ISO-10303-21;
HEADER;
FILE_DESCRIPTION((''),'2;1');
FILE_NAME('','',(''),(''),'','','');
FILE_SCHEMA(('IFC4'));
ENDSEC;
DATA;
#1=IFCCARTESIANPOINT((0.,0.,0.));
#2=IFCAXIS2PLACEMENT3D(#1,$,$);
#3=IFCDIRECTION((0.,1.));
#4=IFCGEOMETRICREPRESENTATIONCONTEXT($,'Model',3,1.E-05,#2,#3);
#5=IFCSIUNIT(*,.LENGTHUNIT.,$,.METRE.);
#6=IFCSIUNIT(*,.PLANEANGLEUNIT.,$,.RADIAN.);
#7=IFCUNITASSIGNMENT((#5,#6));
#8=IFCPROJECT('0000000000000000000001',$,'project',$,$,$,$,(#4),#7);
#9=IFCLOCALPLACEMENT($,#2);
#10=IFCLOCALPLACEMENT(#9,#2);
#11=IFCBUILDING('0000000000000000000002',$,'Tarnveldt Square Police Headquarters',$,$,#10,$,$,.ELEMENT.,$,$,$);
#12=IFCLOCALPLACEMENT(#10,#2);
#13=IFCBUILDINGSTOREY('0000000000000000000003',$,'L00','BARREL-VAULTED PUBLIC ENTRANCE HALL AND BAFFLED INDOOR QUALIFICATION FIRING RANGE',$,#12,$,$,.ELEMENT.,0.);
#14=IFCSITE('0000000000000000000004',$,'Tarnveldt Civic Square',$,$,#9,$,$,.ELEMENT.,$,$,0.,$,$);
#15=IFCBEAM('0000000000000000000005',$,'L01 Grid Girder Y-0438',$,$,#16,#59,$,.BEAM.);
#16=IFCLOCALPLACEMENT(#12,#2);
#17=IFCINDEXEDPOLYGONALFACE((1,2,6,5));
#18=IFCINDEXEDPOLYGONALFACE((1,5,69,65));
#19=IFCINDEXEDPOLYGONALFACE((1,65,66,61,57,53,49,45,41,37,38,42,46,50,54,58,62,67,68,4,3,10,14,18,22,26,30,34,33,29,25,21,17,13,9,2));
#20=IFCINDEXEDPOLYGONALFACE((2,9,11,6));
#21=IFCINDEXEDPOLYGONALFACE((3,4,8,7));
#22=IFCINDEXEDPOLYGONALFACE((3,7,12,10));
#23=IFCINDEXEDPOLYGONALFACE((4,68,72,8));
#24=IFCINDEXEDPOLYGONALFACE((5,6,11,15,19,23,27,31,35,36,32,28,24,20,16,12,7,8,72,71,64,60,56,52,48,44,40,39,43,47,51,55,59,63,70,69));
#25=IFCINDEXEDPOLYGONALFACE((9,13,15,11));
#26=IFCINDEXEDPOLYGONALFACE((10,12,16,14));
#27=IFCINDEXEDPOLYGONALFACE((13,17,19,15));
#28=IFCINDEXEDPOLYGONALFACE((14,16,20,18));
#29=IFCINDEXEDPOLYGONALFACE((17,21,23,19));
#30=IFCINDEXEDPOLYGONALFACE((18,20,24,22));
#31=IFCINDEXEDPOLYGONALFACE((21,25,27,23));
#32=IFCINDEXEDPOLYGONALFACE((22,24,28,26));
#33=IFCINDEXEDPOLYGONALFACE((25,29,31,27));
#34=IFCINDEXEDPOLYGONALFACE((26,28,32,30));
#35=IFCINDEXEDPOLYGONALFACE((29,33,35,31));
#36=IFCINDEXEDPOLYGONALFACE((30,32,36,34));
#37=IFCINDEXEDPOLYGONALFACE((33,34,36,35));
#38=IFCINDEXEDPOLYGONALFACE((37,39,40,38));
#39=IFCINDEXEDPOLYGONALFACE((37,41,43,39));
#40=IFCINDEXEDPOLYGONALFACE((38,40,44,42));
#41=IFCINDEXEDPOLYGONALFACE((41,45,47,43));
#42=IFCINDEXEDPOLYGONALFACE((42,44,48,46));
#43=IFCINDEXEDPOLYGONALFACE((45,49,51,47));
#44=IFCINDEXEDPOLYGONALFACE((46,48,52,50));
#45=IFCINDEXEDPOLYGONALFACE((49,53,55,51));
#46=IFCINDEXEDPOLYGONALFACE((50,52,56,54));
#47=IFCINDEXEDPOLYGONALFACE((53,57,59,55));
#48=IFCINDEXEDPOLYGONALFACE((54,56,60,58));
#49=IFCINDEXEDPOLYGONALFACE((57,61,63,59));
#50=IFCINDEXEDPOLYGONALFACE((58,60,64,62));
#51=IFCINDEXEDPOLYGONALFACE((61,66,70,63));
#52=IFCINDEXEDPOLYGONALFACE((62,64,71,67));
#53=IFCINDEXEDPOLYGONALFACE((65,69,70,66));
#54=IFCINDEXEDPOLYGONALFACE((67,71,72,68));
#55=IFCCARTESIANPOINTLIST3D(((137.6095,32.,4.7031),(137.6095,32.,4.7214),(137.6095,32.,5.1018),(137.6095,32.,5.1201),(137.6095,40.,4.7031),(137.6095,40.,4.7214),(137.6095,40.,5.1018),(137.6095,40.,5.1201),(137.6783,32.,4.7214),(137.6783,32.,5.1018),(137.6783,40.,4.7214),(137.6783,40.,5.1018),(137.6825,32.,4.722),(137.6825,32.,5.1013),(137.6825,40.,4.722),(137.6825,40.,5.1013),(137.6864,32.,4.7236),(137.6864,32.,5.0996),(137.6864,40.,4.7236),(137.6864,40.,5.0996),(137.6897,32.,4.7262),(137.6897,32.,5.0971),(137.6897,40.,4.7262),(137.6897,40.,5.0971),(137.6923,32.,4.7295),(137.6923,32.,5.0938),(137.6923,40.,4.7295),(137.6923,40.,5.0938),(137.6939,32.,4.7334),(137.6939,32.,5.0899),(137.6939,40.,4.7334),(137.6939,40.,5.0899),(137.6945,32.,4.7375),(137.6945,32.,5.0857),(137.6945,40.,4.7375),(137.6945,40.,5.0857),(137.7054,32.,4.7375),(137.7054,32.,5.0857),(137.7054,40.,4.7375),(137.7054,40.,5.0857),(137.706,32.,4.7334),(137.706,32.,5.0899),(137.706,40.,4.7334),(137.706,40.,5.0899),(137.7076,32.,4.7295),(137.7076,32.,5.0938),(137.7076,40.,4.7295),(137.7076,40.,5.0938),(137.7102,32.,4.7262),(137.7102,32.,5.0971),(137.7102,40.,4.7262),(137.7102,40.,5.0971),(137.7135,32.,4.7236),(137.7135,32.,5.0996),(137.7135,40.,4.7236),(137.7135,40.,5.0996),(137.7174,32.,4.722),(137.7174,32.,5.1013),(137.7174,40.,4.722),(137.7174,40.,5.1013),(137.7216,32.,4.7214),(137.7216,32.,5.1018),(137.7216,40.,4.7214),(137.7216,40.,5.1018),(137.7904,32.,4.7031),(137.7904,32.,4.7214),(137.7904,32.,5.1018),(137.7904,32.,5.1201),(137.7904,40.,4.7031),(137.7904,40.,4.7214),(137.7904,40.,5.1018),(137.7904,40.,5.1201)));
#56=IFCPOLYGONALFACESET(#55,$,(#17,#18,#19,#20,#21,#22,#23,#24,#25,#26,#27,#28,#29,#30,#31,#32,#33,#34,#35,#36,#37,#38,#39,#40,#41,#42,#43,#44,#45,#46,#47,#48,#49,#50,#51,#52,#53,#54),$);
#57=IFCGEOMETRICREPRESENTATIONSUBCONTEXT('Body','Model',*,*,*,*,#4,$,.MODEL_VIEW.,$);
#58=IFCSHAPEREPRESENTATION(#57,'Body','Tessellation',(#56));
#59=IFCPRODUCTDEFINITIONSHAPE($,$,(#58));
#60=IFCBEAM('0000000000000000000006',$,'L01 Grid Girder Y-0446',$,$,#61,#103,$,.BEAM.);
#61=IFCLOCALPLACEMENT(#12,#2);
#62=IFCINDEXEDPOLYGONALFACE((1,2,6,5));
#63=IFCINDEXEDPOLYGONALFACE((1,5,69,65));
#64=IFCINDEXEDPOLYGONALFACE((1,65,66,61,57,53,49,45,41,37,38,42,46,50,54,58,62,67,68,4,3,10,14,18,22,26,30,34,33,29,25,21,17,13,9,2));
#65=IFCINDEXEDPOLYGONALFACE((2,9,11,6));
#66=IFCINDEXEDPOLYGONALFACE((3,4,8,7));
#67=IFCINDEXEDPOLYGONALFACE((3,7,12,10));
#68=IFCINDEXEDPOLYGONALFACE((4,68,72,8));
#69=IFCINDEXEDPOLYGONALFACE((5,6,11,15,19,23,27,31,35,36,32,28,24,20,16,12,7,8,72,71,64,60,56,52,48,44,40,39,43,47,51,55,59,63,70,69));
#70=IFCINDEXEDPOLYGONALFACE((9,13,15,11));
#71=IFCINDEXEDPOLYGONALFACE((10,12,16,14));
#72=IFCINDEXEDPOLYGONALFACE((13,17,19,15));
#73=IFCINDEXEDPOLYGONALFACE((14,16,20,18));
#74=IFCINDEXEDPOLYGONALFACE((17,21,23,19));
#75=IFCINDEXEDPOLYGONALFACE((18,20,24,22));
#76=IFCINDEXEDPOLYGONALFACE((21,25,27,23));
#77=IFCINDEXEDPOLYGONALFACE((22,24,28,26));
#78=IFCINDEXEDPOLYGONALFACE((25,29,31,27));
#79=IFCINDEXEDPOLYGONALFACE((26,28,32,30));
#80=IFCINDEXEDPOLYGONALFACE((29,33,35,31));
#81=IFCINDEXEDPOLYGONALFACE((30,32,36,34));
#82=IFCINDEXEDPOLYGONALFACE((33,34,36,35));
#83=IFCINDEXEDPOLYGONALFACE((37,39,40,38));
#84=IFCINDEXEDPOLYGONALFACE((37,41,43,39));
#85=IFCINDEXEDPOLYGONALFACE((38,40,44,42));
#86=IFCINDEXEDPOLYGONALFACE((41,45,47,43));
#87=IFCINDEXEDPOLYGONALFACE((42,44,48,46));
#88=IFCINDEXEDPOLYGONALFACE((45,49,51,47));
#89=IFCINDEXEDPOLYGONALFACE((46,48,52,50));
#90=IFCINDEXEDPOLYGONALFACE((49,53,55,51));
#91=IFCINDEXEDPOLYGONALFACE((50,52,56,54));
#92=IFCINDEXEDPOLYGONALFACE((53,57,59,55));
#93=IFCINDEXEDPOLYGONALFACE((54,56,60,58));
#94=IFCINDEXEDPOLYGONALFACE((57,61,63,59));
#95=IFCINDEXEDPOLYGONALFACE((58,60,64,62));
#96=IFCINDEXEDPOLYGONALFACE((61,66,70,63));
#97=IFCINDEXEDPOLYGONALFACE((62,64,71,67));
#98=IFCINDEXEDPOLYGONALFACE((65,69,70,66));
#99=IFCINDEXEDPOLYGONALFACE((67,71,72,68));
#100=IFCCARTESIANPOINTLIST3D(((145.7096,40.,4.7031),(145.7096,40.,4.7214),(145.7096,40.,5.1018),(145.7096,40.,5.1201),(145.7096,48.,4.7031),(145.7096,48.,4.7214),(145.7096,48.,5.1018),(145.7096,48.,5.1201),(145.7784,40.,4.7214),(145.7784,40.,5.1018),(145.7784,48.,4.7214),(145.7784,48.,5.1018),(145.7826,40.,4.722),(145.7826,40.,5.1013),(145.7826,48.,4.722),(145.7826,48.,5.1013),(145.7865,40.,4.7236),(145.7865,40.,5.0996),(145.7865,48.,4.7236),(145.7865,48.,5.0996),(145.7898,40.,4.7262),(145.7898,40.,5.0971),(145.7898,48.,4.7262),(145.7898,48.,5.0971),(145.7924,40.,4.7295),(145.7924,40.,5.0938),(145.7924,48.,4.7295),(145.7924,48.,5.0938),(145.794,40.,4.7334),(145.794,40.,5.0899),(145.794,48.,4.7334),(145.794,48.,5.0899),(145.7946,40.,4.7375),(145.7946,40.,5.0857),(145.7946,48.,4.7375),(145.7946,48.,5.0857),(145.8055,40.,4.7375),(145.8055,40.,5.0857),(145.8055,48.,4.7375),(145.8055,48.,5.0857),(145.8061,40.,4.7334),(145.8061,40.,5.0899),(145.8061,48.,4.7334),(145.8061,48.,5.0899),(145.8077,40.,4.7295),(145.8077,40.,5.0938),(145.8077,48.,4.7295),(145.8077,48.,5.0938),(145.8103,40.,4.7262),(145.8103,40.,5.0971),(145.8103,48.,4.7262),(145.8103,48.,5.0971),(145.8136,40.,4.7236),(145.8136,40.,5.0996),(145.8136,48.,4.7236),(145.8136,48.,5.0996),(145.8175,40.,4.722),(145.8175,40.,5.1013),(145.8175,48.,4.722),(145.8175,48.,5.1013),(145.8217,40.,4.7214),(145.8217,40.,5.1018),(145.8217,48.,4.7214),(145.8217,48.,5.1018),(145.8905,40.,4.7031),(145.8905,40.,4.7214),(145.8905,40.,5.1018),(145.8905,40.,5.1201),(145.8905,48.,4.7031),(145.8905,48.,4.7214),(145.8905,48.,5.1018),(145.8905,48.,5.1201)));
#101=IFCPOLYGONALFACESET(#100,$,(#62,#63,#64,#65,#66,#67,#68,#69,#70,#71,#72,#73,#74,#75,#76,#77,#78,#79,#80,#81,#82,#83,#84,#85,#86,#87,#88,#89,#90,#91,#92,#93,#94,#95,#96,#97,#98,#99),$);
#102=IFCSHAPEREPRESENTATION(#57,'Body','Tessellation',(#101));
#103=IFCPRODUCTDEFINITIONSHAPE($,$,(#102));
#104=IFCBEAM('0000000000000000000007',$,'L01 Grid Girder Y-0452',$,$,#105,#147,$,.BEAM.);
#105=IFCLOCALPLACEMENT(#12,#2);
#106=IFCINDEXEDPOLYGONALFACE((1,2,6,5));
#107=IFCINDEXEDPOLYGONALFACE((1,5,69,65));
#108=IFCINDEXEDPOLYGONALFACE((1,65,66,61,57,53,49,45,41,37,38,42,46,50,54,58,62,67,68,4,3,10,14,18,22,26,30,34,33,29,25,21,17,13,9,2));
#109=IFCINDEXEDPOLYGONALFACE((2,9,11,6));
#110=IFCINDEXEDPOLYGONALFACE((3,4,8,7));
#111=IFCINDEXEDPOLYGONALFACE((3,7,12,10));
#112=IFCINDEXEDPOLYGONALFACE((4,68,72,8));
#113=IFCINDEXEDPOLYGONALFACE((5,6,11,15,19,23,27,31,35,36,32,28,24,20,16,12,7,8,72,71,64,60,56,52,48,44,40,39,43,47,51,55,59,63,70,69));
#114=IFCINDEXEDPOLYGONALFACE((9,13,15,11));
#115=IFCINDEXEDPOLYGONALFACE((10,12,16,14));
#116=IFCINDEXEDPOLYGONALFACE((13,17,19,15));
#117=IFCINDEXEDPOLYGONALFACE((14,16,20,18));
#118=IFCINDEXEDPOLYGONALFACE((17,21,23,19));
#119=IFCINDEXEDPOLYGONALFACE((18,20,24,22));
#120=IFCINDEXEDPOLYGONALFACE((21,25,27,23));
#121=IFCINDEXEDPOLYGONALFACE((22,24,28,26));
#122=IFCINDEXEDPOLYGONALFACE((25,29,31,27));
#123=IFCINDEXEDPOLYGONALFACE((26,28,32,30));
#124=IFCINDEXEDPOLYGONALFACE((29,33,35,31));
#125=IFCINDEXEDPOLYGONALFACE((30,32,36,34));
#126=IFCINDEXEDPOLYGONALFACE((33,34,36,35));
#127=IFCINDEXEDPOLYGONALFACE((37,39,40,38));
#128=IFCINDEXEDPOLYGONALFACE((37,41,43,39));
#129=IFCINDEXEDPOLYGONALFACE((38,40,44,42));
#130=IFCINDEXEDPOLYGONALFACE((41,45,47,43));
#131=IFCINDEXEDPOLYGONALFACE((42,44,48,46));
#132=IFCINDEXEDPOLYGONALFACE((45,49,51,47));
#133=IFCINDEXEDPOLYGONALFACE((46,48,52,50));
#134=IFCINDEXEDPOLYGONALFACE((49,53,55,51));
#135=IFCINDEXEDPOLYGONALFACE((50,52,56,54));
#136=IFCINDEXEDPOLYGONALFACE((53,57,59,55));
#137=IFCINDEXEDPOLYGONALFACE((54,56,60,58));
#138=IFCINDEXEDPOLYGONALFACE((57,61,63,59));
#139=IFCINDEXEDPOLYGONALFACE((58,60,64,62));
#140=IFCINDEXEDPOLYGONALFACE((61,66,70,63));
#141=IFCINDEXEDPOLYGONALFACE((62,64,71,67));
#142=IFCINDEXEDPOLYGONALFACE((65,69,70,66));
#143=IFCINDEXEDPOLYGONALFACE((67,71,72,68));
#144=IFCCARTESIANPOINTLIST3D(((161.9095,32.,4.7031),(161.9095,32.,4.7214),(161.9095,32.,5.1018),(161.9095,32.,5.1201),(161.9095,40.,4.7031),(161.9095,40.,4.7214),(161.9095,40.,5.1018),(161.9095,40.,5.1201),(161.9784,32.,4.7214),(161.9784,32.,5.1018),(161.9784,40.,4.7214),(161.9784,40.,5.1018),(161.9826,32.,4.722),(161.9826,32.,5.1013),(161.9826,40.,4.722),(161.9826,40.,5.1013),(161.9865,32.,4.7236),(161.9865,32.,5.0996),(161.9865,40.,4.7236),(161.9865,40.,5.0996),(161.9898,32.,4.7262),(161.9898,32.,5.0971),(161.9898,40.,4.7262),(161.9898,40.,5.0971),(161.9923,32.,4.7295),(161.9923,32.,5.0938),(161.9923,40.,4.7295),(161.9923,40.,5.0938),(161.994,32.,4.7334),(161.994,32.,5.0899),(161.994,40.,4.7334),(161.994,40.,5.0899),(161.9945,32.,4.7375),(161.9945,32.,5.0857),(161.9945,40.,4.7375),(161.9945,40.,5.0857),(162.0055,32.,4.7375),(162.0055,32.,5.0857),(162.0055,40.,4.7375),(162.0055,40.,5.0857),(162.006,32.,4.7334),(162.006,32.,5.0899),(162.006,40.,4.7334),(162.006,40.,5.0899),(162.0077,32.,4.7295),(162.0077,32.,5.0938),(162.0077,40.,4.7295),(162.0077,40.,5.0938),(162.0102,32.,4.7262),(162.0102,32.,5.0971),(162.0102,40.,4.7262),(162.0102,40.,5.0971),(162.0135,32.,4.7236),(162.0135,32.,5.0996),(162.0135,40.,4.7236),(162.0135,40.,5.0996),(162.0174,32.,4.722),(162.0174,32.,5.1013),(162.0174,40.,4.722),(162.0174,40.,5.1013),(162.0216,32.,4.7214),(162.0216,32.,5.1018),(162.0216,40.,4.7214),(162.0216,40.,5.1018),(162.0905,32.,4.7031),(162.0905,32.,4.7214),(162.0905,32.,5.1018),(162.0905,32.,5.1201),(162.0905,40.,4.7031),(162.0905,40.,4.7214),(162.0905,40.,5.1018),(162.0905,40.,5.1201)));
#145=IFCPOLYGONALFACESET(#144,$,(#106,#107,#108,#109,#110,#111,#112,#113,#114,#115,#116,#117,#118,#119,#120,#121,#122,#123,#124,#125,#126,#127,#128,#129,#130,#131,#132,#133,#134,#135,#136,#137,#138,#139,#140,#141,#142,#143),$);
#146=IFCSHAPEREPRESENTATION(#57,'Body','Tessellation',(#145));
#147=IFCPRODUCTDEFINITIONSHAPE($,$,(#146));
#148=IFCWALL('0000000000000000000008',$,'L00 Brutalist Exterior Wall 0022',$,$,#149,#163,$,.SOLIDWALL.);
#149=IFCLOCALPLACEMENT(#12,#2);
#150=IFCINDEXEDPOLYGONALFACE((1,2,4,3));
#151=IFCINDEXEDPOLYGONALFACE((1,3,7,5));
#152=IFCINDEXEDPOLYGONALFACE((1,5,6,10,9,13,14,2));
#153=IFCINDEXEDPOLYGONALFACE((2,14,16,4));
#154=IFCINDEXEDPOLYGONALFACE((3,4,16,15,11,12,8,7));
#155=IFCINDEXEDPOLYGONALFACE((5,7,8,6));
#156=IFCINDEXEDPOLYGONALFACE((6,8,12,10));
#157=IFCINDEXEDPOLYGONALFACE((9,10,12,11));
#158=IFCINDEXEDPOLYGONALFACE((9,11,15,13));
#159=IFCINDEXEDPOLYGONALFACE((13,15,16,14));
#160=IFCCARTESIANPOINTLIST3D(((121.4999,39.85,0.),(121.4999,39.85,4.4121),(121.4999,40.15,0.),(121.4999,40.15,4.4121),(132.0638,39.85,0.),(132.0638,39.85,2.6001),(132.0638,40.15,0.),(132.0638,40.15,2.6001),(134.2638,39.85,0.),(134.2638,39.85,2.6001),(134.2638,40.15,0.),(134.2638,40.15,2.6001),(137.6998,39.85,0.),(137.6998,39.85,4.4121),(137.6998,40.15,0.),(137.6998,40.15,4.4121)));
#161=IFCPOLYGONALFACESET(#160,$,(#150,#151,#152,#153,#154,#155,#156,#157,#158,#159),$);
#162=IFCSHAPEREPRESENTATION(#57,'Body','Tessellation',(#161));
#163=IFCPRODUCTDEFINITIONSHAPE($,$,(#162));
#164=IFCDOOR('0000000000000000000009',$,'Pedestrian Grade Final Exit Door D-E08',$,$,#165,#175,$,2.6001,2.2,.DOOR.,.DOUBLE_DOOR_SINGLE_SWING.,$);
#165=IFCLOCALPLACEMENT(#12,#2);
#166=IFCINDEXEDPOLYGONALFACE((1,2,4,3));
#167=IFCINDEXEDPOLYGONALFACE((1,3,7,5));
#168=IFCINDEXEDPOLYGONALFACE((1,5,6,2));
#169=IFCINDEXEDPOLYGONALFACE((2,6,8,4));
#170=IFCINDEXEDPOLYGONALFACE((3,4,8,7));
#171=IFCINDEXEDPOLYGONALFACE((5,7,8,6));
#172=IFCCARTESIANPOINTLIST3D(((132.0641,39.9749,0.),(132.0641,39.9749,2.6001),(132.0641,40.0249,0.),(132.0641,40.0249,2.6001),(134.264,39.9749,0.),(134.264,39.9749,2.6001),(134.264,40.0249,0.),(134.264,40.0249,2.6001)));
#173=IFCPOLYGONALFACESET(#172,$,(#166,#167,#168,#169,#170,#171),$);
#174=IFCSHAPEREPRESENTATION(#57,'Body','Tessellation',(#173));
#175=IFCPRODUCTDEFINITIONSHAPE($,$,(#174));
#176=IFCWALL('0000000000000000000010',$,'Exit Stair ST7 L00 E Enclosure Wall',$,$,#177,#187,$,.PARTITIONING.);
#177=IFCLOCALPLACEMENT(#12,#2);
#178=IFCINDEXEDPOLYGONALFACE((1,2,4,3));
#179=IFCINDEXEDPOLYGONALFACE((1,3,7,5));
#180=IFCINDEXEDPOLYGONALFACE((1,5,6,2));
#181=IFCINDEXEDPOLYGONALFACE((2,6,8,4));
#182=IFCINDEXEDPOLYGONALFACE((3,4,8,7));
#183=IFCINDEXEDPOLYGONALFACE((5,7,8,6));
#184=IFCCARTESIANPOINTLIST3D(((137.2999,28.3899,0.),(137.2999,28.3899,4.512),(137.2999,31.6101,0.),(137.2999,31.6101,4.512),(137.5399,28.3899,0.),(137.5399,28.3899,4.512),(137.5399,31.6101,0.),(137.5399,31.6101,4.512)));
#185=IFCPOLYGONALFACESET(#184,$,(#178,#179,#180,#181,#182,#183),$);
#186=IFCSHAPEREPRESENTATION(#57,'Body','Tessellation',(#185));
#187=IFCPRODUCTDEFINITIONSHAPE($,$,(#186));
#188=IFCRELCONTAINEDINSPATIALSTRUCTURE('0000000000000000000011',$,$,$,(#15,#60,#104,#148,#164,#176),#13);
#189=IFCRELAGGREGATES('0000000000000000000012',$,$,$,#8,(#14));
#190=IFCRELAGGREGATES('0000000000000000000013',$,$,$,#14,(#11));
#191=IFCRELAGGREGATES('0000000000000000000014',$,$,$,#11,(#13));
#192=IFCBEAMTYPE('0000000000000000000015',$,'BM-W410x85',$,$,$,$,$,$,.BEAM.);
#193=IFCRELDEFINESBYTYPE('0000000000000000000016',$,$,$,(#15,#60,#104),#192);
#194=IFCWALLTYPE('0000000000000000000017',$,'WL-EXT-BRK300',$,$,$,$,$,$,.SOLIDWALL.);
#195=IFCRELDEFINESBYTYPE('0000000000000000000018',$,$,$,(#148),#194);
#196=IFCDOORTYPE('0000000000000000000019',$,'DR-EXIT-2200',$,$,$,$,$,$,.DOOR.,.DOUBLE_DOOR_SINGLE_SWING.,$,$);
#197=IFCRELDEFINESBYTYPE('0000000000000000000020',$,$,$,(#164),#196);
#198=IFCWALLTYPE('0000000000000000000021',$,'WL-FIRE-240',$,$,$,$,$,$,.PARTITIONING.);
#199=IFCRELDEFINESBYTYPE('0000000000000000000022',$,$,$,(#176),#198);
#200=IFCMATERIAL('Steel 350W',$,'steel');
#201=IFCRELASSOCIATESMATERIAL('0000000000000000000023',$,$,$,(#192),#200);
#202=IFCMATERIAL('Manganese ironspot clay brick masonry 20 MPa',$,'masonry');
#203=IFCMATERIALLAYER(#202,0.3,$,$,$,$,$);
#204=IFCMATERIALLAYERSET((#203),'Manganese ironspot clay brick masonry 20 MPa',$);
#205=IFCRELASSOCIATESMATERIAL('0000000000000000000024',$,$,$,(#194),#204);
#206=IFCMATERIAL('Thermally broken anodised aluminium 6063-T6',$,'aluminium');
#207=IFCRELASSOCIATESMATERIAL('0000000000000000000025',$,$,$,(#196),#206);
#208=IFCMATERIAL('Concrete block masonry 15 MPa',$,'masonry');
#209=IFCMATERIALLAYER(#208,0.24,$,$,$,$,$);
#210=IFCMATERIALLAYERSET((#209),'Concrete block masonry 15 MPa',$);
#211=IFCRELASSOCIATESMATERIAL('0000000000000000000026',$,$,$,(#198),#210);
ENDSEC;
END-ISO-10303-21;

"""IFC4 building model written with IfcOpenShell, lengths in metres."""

from ifc_helpers import new_model, si_unit, direction, frame, frame_2d, origin, origin_2d, place, context, subcontext, project, spatial, rectangle, i_section, extrude, material, layer, layer_set, material_profile, profile_set, type_object, element, fill, save


model = new_model("IFC4")

# Units and contexts
model_context = context("Model", 3, precision=1e-05, world=origin(), true_north=direction((0.0, 1.0)))
body_context = subcontext(model_context, "Body", "Model", "MODEL_VIEW")
ifc_project = project(units=[si_unit("LENGTHUNIT", "METRE"), si_unit("PLANEANGLEUNIT", "RADIAN")], contexts=[model_context])

# Site, building, storey
site_placement = place(None, origin())
site = spatial("IfcSite", under=ifc_project, at=site_placement, Name="Tarnveldt Civic Square", CompositionType="ELEMENT", RefElevation=0.0)
building_placement = place(site_placement, origin())
building = spatial("IfcBuilding", under=site, at=building_placement, Name="Tarnveldt Square Police Headquarters", CompositionType="ELEMENT")
storey_placement = place(building_placement, origin())
storey = spatial("IfcBuildingStorey", under=building, at=storey_placement, Name="L00", Description="BARREL-VAULTED PUBLIC ENTRANCE HALL AND BAFFLED INDOOR QUALIFICATION FIRING RANGE", CompositionType="ELEMENT", Elevation=0.0)

# Beams
ifc_material_1 = material(Name="Steel 350W", Category="steel")
ifc_material_profile_1 = material_profile(ifc_material_1, i_section(OverallWidth=0.1809, OverallDepth=0.417, WebThickness=0.011, FlangeThickness=0.0183, FilletRadius=0.0161, at=origin_2d()), Name="W410x85")
ifc_profile_set_1 = profile_set([ifc_material_profile_1], Name="Steel 350W")
beam_type_1 = type_object("IfcBeamType", Name="BM-W410x85", PredefinedType="BEAM", material=ifc_profile_set_1)
for number, where, z_axis, x_axis, name in (
    (1, (137.7, 32.0, 4.9116), (0.0, 1.0, 0.0), (-1.0, 0.0, 0.0), "L01 Grid Girder Y-0438"),
    (2, (145.8, 40.0, 4.9116), (0.0, 1.0, 0.0), (-1.0, 0.0, 0.0), "L01 Grid Girder Y-0446"),
    (3, (162.0, 32.0, 4.9116), (0.0, 1.0, 0.0), (-1.0, 0.0, 0.0), "L01 Grid Girder Y-0452"),
):
    element("IfcBeam", number, at=place(storey_placement, frame(where, z_axis=z_axis, x_axis=x_axis)), inside=storey, type_object=beam_type_1, Name=name, PredefinedType="BEAM", context=body_context, shape_type="SweptSolid", body=[
        extrude(i_section(OverallWidth=0.1809, OverallDepth=0.417, WebThickness=0.011, FlangeThickness=0.0183, FilletRadius=0.0161, at=origin_2d()), origin(), (0.0, 0.0, 1.0), 8.0),
    ])

# Wall, opening, door
ifc_material_2 = material(Name="Manganese ironspot clay brick masonry 20 MPa", Category="masonry")
ifc_layer_1 = layer(ifc_material_2, 0.3)
ifc_layer_set_1 = layer_set([ifc_layer_1], Name="Manganese ironspot clay brick masonry 20 MPa")
wall_type_1 = type_object("IfcWallType", Name="WL-EXT-BRK300", PredefinedType="SOLIDWALL", material=ifc_layer_set_1)
wall_1_placement = place(storey_placement, frame((137.7, 40.0, 0.0), z_axis=(0.0, 0.0, 1.0), x_axis=(-1.0, 0.0, 0.0)))
wall_1 = element("IfcWall", 4, at=wall_1_placement, inside=storey, type_object=wall_type_1, Name="L00 Brutalist Exterior Wall 0022", PredefinedType="SOLIDWALL", context=body_context, shape_type="SweptSolid", body=[
    extrude(rectangle(XDim=16.2, YDim=0.3, at=frame_2d((8.1001, 0.0))), origin(), (0.0, 0.0, 1.0), 4.4121),
])
opening_1_placement = place(wall_1_placement, frame((3.436, 0.0, 0.0)))
opening_1 = element("IfcOpeningElement", 5, at=opening_1_placement, cuts=wall_1, PredefinedType="OPENING", context=body_context, shape_type="SweptSolid", body=[
    extrude(rectangle(XDim=2.2, YDim=2.6001, at=frame_2d((1.1001, 1.3))), frame((0.0, 0.1599, 0.0), z_axis=(0.0, -1.0, 0.0), x_axis=(1.0, 0.0, 0.0)), (0.0, 0.0, 1.0), 0.3201),
])
ifc_material_3 = material(Name="Thermally broken anodised aluminium 6063-T6", Category="aluminium")
door_type_1 = type_object("IfcDoorType", Name="DR-EXIT-2200", OperationType="DOUBLE_DOOR_SINGLE_SWING", PredefinedType="DOOR", material=ifc_material_3)
door_1_placement = place(opening_1_placement, frame((2.2, 0.0, 0.0), z_axis=(0.0, 0.0, 1.0), x_axis=(-1.0, 0.0, 0.0)))
door_1 = element("IfcDoor", 6, at=door_1_placement, inside=storey, type_object=door_type_1, Name="Pedestrian Grade Final Exit Door D-E08", OperationType="DOUBLE_DOOR_SINGLE_SWING", OverallHeight=2.6001, OverallWidth=2.2, PredefinedType="DOOR", context=body_context, shape_type="SweptSolid", body=[
    extrude(rectangle(XDim=2.2, YDim=2.6001, at=frame_2d((1.1001, 1.3))), frame((0.0, 0.0249, 0.0), z_axis=(0.0, -1.0, 0.0), x_axis=(1.0, 0.0, 0.0)), (0.0, 0.0, 1.0), 0.05),
])
fill(opening_1, door_1)

# Wall
ifc_material_4 = material(Name="Concrete block masonry 15 MPa", Category="masonry")
ifc_layer_2 = layer(ifc_material_4, 0.24)
ifc_layer_set_2 = layer_set([ifc_layer_2], Name="Concrete block masonry 15 MPa")
wall_type_2 = type_object("IfcWallType", Name="WL-FIRE-240", PredefinedType="PARTITIONING", material=ifc_layer_set_2)
wall_2_placement = place(storey_placement, frame((137.4199, 28.3899, 0.0), z_axis=(0.0, 0.0, 1.0), x_axis=(0.0, 1.0, 0.0)))
element("IfcWall", 7, at=wall_2_placement, inside=storey, type_object=wall_type_2, Name="Exit Stair ST7 L00 E Enclosure Wall", PredefinedType="PARTITIONING", context=body_context, shape_type="SweptSolid", body=[
    extrude(rectangle(XDim=3.2202, YDim=0.24, at=frame_2d((1.6101, 0.0))), origin(), (0.0, 0.0, 1.0), 4.512),
])

save(model, "model.ifc")
